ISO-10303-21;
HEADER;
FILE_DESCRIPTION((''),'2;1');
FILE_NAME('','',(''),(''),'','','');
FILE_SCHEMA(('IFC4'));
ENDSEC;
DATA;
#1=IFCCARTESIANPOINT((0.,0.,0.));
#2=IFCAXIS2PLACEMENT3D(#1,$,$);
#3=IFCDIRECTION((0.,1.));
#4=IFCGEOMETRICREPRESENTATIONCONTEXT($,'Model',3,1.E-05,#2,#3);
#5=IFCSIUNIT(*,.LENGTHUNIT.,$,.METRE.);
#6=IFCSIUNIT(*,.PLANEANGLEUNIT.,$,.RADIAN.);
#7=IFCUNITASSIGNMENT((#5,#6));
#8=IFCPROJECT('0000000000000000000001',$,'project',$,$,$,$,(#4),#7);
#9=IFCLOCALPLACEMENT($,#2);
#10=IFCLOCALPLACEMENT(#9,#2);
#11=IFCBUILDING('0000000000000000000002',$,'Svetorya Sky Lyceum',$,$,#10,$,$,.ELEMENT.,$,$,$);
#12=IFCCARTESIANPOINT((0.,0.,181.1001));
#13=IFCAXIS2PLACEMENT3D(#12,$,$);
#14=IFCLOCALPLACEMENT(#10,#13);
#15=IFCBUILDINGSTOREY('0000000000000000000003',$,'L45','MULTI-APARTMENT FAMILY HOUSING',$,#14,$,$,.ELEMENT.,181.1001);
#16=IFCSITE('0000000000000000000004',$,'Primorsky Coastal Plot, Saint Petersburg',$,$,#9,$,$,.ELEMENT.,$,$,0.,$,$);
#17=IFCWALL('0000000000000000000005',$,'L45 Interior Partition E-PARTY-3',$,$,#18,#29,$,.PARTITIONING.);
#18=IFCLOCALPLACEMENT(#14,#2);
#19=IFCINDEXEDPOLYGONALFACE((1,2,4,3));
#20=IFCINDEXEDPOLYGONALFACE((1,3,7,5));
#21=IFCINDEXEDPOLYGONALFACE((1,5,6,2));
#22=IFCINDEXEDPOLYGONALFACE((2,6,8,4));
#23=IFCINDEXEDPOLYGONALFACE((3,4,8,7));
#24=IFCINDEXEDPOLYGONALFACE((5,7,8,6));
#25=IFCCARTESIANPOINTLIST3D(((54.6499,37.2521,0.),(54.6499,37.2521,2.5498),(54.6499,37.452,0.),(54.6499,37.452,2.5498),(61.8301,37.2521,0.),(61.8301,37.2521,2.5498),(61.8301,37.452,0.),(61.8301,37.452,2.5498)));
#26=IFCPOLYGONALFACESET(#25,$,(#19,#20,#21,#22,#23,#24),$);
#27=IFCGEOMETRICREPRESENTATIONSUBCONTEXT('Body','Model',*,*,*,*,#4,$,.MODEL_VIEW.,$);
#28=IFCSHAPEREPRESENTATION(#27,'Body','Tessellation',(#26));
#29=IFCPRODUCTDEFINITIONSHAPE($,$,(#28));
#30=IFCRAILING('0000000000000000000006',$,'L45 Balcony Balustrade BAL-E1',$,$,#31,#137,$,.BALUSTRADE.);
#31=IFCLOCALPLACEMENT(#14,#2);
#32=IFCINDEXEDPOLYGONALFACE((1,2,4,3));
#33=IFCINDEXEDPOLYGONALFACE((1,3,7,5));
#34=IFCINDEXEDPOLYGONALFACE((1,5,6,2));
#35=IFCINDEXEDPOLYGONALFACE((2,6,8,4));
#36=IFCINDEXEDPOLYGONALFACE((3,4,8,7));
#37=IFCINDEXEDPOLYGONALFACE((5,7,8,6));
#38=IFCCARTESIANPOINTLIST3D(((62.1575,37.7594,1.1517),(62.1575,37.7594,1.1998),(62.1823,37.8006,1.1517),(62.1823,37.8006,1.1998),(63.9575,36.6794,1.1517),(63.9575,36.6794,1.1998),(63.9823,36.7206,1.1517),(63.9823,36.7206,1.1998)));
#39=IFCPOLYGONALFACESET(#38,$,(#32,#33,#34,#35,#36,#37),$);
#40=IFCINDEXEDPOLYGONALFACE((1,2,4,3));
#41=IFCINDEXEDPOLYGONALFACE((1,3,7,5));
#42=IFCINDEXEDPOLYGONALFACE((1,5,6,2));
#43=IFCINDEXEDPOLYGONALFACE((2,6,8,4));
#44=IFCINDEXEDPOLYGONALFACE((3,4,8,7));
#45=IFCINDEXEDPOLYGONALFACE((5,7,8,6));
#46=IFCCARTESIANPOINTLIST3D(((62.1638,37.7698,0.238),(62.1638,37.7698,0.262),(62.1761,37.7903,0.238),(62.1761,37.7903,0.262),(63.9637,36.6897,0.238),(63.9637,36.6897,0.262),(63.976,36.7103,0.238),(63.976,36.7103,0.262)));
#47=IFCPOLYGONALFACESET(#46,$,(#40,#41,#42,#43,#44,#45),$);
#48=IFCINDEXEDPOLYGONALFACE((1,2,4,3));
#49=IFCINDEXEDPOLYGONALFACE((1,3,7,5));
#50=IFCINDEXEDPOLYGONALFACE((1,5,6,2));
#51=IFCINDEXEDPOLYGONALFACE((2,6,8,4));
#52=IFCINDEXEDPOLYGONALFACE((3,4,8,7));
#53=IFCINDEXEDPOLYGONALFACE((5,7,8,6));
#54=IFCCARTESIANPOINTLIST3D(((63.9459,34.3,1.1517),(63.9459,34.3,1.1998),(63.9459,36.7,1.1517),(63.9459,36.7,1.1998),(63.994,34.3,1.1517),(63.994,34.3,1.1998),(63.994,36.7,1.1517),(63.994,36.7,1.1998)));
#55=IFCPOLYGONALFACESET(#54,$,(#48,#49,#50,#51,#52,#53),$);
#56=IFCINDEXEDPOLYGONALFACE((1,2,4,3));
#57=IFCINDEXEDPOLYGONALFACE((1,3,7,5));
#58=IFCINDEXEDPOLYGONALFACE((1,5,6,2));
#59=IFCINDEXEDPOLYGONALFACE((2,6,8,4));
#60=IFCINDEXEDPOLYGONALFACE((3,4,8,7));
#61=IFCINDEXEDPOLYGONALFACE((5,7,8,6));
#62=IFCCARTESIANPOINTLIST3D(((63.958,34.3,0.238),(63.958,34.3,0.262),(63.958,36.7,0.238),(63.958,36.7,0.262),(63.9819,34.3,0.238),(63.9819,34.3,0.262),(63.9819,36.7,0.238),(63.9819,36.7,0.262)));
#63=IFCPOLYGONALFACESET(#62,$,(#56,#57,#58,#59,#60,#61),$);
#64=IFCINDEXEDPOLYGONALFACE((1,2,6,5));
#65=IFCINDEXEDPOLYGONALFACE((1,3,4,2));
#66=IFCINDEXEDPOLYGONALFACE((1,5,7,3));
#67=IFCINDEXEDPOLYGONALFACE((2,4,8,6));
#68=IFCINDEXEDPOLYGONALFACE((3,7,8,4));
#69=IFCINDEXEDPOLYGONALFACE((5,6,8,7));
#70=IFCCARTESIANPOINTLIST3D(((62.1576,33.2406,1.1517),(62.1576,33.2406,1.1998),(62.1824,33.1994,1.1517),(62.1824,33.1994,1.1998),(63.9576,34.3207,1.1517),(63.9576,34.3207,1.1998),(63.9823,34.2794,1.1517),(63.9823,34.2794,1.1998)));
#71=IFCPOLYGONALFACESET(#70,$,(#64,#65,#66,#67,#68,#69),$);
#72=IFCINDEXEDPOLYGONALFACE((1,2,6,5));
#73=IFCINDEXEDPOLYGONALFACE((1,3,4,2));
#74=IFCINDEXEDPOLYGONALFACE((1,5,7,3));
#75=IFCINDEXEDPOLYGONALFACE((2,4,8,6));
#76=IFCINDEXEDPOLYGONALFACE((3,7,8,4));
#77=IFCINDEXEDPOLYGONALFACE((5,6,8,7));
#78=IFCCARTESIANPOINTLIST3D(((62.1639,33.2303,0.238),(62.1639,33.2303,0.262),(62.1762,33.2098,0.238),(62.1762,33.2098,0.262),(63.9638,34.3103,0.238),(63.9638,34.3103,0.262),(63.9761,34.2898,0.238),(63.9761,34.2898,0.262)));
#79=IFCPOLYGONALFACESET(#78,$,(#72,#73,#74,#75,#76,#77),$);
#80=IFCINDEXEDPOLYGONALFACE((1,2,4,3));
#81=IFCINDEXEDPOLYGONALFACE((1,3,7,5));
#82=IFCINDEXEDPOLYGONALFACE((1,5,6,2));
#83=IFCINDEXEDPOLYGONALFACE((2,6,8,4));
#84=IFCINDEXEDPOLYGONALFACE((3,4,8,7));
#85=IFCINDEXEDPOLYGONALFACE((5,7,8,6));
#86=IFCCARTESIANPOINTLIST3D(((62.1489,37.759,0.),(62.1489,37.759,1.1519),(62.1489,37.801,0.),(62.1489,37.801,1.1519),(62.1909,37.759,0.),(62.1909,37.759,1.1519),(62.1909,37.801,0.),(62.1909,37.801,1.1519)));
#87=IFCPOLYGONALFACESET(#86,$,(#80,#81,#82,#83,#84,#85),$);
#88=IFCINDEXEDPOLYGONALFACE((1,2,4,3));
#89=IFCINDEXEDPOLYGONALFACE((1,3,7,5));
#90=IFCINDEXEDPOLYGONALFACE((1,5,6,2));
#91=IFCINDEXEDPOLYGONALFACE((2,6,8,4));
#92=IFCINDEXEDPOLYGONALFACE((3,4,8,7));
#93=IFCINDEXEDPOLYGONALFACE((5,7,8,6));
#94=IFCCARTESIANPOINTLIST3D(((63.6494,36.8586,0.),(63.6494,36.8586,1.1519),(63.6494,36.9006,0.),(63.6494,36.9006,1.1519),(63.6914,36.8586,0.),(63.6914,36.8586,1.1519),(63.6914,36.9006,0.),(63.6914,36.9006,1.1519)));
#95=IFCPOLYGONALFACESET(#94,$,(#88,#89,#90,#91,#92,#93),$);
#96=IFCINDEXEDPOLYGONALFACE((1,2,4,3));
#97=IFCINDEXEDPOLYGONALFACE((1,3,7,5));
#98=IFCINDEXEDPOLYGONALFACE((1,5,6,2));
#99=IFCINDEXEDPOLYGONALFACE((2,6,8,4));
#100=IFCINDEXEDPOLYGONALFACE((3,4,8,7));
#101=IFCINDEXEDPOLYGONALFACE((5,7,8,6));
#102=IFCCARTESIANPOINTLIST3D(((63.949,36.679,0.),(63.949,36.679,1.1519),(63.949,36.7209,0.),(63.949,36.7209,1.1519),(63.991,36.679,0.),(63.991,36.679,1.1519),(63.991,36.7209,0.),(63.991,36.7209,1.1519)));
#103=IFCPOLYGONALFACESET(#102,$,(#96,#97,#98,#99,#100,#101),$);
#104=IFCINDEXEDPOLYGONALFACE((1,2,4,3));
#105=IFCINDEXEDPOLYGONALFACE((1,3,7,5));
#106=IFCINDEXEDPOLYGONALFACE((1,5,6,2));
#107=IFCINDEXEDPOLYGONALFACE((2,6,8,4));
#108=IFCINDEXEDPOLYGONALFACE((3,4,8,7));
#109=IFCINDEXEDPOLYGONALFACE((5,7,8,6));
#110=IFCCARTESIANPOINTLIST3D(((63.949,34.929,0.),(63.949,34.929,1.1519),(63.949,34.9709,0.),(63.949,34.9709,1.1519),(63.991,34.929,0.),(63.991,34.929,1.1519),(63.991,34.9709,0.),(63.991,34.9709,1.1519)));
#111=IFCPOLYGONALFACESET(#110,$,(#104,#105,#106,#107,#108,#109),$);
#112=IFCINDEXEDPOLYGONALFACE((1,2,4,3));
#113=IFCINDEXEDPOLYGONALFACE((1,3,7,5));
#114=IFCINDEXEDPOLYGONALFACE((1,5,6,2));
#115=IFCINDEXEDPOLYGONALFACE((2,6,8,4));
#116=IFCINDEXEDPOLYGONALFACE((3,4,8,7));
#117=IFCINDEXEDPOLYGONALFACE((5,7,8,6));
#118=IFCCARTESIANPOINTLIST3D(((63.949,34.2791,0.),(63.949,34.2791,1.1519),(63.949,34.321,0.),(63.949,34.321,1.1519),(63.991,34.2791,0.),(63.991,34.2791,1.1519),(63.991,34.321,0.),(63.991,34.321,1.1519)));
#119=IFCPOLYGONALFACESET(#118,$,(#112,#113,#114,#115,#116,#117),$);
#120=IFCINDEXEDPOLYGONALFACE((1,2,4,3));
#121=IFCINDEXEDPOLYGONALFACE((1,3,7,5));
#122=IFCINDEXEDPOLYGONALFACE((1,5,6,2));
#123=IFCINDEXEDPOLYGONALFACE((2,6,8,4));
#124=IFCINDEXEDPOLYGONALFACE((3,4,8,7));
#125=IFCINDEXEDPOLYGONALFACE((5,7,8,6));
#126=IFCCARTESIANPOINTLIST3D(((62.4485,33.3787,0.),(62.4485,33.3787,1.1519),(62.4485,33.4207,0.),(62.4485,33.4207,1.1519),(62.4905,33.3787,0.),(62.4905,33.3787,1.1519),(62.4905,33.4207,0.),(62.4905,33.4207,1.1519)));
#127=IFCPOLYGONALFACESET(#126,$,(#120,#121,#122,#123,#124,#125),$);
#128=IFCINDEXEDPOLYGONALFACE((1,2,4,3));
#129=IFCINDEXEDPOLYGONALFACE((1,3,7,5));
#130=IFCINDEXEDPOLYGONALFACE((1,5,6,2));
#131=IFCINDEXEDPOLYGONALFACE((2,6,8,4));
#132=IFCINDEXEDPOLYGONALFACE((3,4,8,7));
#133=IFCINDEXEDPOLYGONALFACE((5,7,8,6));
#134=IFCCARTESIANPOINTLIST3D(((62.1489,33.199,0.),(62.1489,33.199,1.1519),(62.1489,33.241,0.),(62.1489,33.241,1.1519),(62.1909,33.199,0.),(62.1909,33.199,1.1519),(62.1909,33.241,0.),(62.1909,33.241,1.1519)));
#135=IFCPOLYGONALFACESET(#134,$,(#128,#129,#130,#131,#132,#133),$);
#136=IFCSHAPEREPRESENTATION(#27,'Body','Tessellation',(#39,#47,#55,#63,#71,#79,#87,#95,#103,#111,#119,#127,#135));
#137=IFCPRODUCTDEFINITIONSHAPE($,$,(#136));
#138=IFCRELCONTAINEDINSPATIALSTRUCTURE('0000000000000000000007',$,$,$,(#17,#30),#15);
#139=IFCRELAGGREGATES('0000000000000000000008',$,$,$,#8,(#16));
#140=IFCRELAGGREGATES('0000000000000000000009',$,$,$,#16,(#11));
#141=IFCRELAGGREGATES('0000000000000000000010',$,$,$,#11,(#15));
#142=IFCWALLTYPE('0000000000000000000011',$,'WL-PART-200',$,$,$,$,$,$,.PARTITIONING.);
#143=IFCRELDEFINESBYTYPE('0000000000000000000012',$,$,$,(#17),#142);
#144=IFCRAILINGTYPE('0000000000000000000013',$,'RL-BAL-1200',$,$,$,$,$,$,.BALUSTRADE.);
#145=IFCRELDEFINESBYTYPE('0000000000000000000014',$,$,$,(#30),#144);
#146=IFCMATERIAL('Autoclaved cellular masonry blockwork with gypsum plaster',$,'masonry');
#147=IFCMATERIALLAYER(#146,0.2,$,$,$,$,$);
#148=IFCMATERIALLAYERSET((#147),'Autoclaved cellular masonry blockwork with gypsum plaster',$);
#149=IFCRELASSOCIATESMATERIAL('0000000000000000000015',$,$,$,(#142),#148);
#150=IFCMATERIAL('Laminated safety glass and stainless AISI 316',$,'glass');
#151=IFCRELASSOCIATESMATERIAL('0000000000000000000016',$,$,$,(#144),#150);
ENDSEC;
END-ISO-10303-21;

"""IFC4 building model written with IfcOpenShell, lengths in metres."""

from ifc_helpers import new_model, si_unit, direction, frame, frame_2d, origin, origin_2d, place, context, subcontext, project, spatial, rectangle, extrude, material, layer, layer_set, type_object, element, save


model = new_model("IFC4")

# Units and contexts
model_context = context("Model", 3, precision=1e-05, world=origin(), true_north=direction((0.0, 1.0)))
body_context = subcontext(model_context, "Body", "Model", "MODEL_VIEW")
ifc_project = project(units=[si_unit("LENGTHUNIT", "METRE"), si_unit("PLANEANGLEUNIT", "RADIAN")], contexts=[model_context])

# Site, building, storey
site_placement = place(None, origin())
site = spatial("IfcSite", under=ifc_project, at=site_placement, Name="Primorsky Coastal Plot, Saint Petersburg", CompositionType="ELEMENT", RefElevation=0.0)
building_placement = place(site_placement, origin())
building = spatial("IfcBuilding", under=site, at=building_placement, Name="Svetorya Sky Lyceum", CompositionType="ELEMENT")
storey_placement = place(building_placement, frame((0.0, 0.0, 181.1001)))
storey = spatial("IfcBuildingStorey", under=building, at=storey_placement, Name="L45", Description="MULTI-APARTMENT FAMILY HOUSING", CompositionType="ELEMENT", Elevation=181.1001)

# Wall
ifc_material_1 = material(Name="Autoclaved cellular masonry blockwork with gypsum plaster", Category="masonry")
ifc_layer_1 = layer(ifc_material_1, 0.2)
ifc_layer_set_1 = layer_set([ifc_layer_1], Name="Autoclaved cellular masonry blockwork with gypsum plaster")
wall_type_1 = type_object("IfcWallType", Name="WL-PART-200", PredefinedType="PARTITIONING", material=ifc_layer_set_1)
wall_1_placement = place(storey_placement, frame((54.6499, 37.3521, 0.0), z_axis=(0.0, 0.0, 1.0), x_axis=(1.0, 0.0, 0.0)))
element("IfcWall", 1, at=wall_1_placement, inside=storey, type_object=wall_type_1, Name="L45 Interior Partition E-PARTY-3", PredefinedType="PARTITIONING", context=body_context, shape_type="SweptSolid", body=[
    extrude(rectangle(XDim=7.1802, YDim=0.2, at=frame_2d((3.5901, 0.0))), origin(), (0.0, 0.0, 1.0), 2.5498),
])

# Railing
ifc_material_2 = material(Name="Laminated safety glass and stainless AISI 316", Category="glass")
railing_type = type_object("IfcRailingType", Name="RL-BAL-1200", PredefinedType="BALUSTRADE", material=ifc_material_2)
railing_placement = place(storey_placement, frame((62.1699, 37.78, 0.0)))
element("IfcRailing", 2, at=railing_placement, inside=storey, type_object=railing_type, Name="L45 Balcony Balustrade BAL-E1", PredefinedType="BALUSTRADE", context=body_context, shape_type="SweptSolid", body=[
    extrude(rectangle(XDim=0.0481, YDim=0.0481, at=origin_2d()), frame((0.0, 0.0, 1.1758), z_axis=(0.857483, -0.514513, 0.0), x_axis=(0.514513, 0.857483, 0.0)), (0.0, 0.0, 1.0), 2.0991),
    extrude(rectangle(XDim=0.0239, YDim=0.0239, at=origin_2d()), frame((0.0, 0.0, 0.25), z_axis=(0.857483, -0.514513, 0.0), x_axis=(0.514513, 0.857483, 0.0)), (0.0, 0.0, 1.0), 2.0991),
    extrude(rectangle(XDim=0.0481, YDim=0.0481, at=origin_2d()), frame((1.8, -1.0801, 1.1758), z_axis=(0.0, -1.0, 0.0), x_axis=(1.0, 0.0, 0.0)), (0.0, 0.0, 1.0), 2.3999),
    extrude(rectangle(XDim=0.0239, YDim=0.0239, at=origin_2d()), frame((1.8, -1.0801, 0.25), z_axis=(0.0, -1.0, 0.0), x_axis=(1.0, 0.0, 0.0)), (0.0, 0.0, 1.0), 2.3999),
    extrude(rectangle(XDim=0.0481, YDim=0.0481, at=origin_2d()), frame((1.8, -3.48, 1.1758), z_axis=(-0.857483, -0.514513, 0.0), x_axis=(0.514513, -0.857483, 0.0)), (0.0, 0.0, 1.0), 2.0991),
    extrude(rectangle(XDim=0.0239, YDim=0.0239, at=origin_2d()), frame((1.8, -3.48, 0.25), z_axis=(-0.857483, -0.514513, 0.0), x_axis=(0.514513, -0.857483, 0.0)), (0.0, 0.0, 1.0), 2.0991),
    extrude(rectangle(XDim=0.042, YDim=0.042, at=origin_2d()), origin(), (0.0, 0.0, 1.0), 1.1519),
    extrude(rectangle(XDim=0.042, YDim=0.042, at=origin_2d()), frame((1.5005, -0.9004, 0.0)), (0.0, 0.0, 1.0), 1.1519),
    extrude(rectangle(XDim=0.042, YDim=0.042, at=origin_2d()), frame((1.8, -1.0801, 0.0)), (0.0, 0.0, 1.0), 1.1519),
    extrude(rectangle(XDim=0.042, YDim=0.042, at=origin_2d()), frame((1.8, -2.8301, 0.0)), (0.0, 0.0, 1.0), 1.1519),
    extrude(rectangle(XDim=0.042, YDim=0.042, at=origin_2d()), frame((1.8, -3.48, 0.0)), (0.0, 0.0, 1.0), 1.1519),
    extrude(rectangle(XDim=0.042, YDim=0.042, at=origin_2d()), frame((0.2996, -4.3804, 0.0)), (0.0, 0.0, 1.0), 1.1519),
    extrude(rectangle(XDim=0.042, YDim=0.042, at=origin_2d()), frame((0.0, -4.5601, 0.0)), (0.0, 0.0, 1.0), 1.1519),
])

save(model, "model.ifc")
